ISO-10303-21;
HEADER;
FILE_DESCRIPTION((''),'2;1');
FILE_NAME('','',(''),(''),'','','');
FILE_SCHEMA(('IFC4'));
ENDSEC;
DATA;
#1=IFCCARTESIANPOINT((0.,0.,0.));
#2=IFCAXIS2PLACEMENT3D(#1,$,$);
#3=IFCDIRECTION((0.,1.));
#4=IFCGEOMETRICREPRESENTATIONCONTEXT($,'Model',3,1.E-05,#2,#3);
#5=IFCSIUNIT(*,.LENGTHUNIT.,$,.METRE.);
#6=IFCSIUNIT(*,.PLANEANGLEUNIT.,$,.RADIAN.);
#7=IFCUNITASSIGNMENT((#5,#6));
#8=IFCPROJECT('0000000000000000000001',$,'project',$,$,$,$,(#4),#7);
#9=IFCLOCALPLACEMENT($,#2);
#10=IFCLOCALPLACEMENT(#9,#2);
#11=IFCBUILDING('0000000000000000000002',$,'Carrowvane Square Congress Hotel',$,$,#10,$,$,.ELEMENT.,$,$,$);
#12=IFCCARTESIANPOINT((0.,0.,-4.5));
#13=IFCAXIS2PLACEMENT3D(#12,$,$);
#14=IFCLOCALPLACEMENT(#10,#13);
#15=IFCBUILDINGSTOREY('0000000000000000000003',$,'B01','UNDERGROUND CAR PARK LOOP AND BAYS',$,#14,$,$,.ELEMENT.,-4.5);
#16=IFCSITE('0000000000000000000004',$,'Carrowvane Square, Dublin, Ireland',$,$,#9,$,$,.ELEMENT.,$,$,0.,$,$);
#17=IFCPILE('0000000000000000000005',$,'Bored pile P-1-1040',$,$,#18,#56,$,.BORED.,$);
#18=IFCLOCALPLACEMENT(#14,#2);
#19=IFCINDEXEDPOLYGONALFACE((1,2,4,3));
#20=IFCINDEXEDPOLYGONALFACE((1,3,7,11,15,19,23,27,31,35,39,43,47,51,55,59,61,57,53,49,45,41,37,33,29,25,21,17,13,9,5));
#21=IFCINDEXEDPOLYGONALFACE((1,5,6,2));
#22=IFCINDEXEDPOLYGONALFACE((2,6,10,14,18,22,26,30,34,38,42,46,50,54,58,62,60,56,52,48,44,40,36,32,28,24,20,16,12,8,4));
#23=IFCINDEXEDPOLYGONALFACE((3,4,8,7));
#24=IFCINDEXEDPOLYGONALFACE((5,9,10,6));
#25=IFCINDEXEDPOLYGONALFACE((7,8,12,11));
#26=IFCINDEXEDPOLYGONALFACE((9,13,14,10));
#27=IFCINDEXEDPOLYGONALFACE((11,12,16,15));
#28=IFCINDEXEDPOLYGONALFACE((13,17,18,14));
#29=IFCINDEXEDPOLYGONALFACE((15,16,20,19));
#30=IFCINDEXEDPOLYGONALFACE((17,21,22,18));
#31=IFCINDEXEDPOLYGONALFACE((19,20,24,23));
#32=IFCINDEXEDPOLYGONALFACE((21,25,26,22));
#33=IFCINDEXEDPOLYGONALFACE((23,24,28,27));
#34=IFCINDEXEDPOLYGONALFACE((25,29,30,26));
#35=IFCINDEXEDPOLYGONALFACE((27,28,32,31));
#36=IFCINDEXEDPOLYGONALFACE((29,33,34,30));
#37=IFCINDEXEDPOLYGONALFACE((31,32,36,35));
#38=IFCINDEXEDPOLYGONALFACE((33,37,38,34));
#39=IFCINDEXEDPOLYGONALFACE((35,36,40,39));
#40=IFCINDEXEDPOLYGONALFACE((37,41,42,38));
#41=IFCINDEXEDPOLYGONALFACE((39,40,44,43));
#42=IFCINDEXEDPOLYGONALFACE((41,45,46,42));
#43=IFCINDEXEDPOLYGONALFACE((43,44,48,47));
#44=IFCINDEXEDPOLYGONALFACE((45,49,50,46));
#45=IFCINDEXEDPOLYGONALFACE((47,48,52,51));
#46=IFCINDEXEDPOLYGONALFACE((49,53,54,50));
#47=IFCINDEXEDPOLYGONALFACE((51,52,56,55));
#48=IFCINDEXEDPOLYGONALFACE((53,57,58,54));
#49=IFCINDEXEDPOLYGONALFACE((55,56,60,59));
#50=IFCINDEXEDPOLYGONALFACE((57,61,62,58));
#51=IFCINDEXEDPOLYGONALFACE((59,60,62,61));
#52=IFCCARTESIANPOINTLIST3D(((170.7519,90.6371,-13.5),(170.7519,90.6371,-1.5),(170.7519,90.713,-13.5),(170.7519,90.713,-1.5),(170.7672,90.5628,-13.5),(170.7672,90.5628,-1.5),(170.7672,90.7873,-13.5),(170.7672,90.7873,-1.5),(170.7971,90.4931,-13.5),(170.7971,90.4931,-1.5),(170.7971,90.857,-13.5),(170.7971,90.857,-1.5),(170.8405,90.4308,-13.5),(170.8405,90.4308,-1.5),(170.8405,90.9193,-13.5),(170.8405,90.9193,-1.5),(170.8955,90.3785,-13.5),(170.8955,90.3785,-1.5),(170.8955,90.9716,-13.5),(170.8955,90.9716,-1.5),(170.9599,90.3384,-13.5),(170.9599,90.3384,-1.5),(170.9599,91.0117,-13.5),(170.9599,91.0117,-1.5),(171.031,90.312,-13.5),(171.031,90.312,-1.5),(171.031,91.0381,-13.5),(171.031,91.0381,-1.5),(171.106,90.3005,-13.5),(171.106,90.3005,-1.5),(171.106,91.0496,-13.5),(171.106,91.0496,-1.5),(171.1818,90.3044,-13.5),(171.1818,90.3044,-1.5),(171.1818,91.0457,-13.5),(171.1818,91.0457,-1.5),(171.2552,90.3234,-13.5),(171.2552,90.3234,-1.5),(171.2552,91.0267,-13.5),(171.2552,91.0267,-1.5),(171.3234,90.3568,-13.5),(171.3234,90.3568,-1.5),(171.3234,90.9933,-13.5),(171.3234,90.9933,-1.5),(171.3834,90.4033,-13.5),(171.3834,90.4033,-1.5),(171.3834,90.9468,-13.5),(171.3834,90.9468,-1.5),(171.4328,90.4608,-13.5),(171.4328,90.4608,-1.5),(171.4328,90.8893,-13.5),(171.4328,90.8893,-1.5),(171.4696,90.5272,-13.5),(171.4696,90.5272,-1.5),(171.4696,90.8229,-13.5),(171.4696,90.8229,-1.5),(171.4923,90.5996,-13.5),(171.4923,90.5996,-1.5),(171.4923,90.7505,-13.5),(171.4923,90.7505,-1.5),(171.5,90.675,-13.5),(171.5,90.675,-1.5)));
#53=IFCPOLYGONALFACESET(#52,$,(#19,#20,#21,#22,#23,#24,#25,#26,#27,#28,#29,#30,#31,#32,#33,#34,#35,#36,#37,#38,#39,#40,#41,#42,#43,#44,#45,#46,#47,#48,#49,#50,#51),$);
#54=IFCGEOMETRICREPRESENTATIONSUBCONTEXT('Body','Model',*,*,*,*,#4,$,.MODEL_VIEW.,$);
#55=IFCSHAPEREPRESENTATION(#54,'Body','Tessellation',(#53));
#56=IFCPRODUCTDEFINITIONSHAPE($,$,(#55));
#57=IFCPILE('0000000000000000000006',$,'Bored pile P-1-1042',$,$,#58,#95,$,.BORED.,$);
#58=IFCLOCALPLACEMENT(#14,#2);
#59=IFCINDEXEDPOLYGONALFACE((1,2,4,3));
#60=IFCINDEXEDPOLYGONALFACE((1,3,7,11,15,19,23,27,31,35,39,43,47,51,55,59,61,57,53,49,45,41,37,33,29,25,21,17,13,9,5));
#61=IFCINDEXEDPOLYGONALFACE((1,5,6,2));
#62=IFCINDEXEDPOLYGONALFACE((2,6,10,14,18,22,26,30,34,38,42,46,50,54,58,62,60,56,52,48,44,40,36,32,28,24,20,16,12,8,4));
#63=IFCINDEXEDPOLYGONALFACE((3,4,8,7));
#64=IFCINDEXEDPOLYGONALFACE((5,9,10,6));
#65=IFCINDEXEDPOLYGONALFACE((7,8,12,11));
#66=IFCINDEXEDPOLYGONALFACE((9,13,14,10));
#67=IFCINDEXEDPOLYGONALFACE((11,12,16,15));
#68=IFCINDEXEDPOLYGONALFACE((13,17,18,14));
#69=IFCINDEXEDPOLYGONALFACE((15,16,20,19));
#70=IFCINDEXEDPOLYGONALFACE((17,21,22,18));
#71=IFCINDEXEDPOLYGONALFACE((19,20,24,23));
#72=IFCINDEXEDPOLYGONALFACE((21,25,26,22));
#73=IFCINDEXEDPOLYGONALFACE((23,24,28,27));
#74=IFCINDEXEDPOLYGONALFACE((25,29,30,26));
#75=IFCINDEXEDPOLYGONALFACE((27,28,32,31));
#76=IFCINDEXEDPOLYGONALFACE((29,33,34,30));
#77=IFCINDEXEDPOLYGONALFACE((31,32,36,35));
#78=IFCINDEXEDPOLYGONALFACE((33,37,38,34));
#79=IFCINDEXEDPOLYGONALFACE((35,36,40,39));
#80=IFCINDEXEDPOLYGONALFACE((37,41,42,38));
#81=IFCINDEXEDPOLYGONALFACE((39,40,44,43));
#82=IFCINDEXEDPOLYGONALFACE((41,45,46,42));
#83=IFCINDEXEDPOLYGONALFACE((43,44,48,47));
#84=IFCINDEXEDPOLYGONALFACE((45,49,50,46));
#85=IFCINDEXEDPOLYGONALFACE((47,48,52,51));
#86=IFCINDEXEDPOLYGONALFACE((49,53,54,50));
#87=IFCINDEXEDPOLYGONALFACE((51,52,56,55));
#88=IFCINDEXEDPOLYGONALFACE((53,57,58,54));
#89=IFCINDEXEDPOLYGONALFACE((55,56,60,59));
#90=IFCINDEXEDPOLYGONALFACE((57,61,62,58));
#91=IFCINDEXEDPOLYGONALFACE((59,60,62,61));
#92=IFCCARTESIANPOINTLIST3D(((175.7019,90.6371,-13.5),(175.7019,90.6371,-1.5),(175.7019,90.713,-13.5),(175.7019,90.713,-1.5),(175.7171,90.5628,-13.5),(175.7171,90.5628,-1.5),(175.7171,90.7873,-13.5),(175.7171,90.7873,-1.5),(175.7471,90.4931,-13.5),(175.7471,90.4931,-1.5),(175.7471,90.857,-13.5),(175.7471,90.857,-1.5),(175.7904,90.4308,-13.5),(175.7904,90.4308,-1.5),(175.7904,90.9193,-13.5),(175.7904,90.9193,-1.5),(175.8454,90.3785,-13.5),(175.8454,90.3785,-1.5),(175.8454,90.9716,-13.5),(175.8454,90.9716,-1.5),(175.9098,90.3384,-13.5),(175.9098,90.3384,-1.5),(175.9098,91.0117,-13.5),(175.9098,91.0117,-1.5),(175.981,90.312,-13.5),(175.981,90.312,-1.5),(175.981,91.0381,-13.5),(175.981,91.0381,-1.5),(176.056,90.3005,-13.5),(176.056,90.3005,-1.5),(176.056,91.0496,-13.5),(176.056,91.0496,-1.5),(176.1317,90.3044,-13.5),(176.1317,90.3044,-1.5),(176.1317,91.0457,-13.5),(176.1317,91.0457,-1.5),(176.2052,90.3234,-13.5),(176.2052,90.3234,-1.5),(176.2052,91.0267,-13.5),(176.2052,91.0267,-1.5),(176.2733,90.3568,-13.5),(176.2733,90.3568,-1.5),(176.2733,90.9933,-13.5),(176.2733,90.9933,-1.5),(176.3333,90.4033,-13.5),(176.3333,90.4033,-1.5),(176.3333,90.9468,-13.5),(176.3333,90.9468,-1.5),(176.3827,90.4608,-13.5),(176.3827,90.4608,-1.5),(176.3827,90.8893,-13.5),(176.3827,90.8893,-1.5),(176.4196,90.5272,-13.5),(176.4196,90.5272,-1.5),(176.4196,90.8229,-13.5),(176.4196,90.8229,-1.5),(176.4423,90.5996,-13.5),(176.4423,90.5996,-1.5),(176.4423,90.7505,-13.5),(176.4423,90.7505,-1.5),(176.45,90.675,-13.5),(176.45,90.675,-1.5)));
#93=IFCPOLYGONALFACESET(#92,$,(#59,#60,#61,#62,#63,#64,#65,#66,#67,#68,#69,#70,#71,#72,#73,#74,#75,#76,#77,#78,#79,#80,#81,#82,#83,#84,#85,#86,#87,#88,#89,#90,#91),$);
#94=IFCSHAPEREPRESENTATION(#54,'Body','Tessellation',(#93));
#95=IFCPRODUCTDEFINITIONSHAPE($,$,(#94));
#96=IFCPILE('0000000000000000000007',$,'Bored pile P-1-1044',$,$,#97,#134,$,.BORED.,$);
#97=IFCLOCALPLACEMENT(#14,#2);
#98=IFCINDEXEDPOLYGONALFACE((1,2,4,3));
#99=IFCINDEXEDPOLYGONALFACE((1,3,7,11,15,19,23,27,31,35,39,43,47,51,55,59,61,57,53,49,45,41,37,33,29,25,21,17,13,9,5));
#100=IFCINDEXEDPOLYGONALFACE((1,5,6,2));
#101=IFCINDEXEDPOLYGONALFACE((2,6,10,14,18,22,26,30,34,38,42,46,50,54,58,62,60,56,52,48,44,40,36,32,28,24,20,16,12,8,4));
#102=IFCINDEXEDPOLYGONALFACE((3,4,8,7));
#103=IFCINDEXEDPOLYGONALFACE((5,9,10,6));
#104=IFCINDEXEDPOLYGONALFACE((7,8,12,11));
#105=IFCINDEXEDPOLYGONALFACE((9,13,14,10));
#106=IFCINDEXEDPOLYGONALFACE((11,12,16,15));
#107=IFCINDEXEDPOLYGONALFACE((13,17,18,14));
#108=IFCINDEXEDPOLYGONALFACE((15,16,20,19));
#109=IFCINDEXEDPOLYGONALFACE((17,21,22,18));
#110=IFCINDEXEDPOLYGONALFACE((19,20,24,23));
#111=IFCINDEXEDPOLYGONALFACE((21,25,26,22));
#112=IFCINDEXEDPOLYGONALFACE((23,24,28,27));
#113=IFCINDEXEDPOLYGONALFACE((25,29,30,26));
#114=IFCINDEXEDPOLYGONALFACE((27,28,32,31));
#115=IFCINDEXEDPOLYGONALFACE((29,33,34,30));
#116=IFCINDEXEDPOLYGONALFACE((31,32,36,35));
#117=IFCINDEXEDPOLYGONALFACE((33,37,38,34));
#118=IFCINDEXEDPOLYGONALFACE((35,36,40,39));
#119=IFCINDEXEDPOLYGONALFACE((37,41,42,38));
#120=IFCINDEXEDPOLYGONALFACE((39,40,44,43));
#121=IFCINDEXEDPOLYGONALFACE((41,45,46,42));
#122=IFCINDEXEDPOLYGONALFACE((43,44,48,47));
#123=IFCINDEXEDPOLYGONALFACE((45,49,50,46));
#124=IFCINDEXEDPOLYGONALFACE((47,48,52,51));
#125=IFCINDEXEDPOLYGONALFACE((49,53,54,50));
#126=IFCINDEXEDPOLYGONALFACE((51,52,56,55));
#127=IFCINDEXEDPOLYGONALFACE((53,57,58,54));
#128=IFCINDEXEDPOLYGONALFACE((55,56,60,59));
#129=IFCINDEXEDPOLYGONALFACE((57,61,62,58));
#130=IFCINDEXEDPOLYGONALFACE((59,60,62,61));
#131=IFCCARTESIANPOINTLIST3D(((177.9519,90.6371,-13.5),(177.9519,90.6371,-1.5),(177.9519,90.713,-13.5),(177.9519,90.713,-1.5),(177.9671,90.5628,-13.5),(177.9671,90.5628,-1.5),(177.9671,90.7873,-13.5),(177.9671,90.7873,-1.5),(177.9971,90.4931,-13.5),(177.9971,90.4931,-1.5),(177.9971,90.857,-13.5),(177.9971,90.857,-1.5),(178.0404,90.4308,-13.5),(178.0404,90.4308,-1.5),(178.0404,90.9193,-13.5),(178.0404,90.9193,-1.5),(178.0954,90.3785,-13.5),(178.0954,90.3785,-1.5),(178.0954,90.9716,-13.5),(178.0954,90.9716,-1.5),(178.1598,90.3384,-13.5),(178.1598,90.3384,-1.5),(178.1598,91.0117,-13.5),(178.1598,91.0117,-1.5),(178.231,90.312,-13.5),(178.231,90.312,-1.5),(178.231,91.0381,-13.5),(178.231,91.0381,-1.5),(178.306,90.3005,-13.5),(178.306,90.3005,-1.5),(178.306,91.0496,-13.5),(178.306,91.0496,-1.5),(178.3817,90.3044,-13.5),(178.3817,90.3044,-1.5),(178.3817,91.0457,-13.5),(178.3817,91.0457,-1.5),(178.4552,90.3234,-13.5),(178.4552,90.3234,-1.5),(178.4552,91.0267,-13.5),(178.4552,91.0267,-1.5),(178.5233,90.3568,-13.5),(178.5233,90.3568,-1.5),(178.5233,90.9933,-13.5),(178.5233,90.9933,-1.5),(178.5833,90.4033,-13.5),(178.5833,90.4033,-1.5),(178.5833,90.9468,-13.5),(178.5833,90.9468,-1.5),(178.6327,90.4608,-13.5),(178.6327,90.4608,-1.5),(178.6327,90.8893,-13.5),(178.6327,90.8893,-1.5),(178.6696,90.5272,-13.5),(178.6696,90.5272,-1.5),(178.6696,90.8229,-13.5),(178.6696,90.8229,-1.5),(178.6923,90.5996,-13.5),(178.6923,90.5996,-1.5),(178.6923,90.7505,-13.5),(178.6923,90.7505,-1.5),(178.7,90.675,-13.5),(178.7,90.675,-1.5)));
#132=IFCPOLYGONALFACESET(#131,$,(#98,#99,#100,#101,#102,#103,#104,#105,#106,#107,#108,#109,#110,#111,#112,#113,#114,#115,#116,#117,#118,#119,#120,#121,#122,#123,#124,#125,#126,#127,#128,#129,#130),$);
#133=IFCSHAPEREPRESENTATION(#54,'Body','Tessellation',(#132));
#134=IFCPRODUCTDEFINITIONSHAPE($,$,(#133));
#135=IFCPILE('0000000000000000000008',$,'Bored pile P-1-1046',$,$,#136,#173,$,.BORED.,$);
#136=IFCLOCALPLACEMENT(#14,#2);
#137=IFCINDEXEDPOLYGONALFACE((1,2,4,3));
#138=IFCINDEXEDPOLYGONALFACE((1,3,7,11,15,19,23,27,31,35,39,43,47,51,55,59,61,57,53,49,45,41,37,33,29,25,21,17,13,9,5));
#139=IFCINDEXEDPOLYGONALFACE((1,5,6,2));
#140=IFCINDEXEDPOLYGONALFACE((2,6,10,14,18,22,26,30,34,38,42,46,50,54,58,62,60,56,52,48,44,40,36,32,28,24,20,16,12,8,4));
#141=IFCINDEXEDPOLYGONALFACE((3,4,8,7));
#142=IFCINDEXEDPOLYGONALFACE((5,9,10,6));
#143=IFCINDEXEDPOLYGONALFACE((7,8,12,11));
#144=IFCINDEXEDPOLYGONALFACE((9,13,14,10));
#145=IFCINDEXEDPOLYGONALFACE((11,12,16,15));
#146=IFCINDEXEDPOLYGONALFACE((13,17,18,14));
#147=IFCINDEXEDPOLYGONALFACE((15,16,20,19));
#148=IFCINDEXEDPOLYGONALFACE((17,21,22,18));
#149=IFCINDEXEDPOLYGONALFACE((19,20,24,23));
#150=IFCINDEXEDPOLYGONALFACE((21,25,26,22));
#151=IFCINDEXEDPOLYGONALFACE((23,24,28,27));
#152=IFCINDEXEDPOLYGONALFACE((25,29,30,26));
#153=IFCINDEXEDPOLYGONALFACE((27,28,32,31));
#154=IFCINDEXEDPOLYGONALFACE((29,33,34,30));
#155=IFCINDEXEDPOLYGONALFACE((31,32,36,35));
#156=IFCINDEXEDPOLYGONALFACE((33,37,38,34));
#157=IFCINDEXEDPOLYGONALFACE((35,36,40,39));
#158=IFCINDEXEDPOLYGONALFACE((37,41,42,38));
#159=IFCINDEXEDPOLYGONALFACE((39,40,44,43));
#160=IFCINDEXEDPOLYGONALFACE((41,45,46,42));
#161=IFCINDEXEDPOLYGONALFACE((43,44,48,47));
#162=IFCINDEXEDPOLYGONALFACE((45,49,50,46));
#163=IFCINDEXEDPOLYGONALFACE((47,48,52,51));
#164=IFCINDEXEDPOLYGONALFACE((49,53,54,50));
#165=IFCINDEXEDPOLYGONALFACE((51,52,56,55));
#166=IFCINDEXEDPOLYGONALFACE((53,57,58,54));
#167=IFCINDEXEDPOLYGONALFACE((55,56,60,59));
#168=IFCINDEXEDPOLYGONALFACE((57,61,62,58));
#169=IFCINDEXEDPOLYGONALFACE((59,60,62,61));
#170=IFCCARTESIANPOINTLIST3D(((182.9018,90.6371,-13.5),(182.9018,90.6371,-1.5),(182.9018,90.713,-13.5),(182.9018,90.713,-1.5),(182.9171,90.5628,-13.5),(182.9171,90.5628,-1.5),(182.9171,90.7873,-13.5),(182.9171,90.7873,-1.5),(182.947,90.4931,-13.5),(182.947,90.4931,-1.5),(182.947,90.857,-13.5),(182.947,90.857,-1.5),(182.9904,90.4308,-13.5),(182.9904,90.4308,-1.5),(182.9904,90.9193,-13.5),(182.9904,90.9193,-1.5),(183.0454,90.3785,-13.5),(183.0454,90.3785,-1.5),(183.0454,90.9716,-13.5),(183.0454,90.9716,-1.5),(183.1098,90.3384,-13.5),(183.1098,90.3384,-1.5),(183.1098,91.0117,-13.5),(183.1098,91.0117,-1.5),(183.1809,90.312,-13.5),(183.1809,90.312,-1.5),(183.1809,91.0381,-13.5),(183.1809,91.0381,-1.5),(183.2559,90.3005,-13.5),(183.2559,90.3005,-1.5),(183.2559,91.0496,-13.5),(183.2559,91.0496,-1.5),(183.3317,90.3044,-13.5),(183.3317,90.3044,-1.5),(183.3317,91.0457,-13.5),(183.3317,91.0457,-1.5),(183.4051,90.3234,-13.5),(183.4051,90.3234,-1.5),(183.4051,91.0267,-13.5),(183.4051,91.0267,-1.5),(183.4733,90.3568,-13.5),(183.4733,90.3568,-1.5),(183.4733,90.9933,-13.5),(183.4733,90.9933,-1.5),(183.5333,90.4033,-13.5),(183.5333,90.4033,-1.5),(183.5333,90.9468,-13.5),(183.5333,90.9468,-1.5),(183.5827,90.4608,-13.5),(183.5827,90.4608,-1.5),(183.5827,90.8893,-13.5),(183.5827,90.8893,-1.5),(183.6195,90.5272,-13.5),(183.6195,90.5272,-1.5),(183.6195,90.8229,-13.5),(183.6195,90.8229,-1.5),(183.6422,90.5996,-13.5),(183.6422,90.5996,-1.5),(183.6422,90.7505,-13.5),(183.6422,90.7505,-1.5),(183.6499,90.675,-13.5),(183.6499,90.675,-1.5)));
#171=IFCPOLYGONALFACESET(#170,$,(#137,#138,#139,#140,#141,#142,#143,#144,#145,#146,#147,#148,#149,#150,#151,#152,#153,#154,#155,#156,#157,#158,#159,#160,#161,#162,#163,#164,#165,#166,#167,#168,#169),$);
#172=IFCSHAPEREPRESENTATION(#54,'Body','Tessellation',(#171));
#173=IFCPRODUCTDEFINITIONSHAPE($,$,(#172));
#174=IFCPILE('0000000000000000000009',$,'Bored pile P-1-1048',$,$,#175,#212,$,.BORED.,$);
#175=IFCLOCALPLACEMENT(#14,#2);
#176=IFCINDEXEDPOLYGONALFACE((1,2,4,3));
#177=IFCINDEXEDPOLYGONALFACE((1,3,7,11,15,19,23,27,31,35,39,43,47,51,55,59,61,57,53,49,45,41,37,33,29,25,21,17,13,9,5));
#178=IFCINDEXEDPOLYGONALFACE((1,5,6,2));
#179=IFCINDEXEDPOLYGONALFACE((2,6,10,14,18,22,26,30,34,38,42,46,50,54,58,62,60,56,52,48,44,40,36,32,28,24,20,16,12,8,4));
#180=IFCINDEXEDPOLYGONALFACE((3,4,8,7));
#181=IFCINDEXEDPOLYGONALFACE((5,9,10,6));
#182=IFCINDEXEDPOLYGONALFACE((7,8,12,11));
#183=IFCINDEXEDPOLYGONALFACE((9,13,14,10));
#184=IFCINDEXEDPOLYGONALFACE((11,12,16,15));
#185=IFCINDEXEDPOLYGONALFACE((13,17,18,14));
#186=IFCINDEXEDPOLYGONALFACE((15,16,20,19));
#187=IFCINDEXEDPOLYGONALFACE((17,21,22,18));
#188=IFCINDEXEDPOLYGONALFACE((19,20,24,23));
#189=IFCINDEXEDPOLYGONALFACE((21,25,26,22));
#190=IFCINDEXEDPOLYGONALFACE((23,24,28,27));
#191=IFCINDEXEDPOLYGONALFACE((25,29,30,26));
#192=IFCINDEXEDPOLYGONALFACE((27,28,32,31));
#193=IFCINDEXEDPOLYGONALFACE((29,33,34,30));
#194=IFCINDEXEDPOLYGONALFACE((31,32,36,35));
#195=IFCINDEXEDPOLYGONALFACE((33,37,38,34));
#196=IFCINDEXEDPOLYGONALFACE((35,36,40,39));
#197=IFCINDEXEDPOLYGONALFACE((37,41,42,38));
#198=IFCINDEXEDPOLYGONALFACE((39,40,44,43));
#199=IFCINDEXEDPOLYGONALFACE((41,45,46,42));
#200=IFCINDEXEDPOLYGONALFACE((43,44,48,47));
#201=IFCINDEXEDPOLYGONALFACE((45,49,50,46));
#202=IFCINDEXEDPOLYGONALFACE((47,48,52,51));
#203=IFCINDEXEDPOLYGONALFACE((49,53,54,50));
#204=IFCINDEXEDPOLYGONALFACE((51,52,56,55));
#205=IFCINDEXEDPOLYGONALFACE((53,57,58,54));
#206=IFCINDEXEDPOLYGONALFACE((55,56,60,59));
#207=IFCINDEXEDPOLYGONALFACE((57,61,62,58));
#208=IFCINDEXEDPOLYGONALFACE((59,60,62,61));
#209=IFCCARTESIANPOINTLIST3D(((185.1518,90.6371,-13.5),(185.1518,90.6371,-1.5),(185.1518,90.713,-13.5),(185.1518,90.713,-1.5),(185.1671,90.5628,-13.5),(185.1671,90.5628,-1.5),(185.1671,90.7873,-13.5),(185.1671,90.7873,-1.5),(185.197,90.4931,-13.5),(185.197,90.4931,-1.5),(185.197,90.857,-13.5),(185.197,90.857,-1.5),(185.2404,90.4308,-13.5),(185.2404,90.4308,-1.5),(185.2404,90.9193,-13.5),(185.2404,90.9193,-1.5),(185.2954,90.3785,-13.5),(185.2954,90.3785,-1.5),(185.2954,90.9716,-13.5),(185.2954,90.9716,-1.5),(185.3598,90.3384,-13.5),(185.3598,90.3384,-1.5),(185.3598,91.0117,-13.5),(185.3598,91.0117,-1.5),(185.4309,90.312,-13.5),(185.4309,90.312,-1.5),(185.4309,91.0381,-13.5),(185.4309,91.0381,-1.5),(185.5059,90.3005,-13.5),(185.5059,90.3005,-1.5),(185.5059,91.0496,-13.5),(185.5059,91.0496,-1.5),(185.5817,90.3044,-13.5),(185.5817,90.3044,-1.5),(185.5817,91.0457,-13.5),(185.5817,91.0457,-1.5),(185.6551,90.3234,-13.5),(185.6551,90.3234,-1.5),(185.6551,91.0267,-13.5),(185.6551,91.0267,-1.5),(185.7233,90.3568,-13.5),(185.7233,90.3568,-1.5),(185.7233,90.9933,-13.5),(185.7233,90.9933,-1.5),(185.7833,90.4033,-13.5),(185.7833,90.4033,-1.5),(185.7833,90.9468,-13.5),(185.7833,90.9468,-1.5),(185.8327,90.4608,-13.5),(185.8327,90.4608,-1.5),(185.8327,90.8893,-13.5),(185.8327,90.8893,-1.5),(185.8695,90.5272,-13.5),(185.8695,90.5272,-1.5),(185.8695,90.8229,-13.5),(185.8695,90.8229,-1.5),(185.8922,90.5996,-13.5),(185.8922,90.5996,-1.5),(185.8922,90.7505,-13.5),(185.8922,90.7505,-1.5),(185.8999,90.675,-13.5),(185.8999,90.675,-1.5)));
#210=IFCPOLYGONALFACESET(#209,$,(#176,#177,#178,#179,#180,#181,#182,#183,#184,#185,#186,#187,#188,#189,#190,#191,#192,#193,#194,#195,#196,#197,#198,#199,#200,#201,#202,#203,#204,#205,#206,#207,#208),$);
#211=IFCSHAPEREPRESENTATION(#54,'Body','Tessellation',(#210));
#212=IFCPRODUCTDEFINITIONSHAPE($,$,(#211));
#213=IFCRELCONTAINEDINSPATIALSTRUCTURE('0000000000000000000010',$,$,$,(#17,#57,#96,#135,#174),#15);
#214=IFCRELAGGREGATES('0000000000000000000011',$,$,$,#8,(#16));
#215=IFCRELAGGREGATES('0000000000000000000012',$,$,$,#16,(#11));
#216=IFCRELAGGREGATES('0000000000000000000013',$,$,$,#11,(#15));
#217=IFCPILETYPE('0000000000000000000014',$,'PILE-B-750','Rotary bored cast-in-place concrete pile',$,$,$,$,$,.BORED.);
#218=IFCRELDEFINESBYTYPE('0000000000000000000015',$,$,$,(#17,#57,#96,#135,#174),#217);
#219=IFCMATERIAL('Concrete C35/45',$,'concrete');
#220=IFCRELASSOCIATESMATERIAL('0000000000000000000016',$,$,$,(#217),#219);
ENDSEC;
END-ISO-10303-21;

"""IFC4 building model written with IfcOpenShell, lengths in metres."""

from ifc_helpers import new_model, si_unit, direction, frame, origin, origin_2d, place, context, subcontext, project, spatial, circle, extrude, material, material_profile, profile_set, type_object, element, save


model = new_model("IFC4")

# Units and contexts
model_context = context("Model", 3, precision=1e-05, world=origin(), true_north=direction((0.0, 1.0)))
body_context = subcontext(model_context, "Body", "Model", "MODEL_VIEW")
ifc_project = project(units=[si_unit("LENGTHUNIT", "METRE"), si_unit("PLANEANGLEUNIT", "RADIAN")], contexts=[model_context])

# Site, building, storey
site_placement = place(None, origin())
site = spatial("IfcSite", under=ifc_project, at=site_placement, Name="Carrowvane Square, Dublin, Ireland", CompositionType="ELEMENT", RefElevation=0.0)
building_placement = place(site_placement, origin())
building = spatial("IfcBuilding", under=site, at=building_placement, Name="Carrowvane Square Congress Hotel", CompositionType="ELEMENT")
storey_placement = place(building_placement, frame((0.0, 0.0, -4.5)))
storey = spatial("IfcBuildingStorey", under=building, at=storey_placement, Name="B01", Description="UNDERGROUND CAR PARK LOOP AND BAYS", CompositionType="ELEMENT", Elevation=-4.5)

# Piles
ifc_material_1 = material(Name="Concrete C35/45", Category="concrete")
ifc_material_profile_1 = material_profile(ifc_material_1, circle(Radius=0.375, at=origin_2d()), Name="PILE D750")
ifc_profile_set_1 = profile_set([ifc_material_profile_1], Name="Concrete C35/45")
pile_type = type_object("IfcPileType", Name="PILE-B-750", Description="Rotary bored cast-in-place concrete pile", PredefinedType="BORED", material=ifc_profile_set_1)
for number, where, z_axis, x_axis, name in (
    (1, (171.125, 90.675, -1.5), (0.0, 0.0, -1.0), (1.0, 0.0, 0.0), "Bored pile P-1-1040"),
    (2, (176.075, 90.675, -1.5), (0.0, 0.0, -1.0), (1.0, 0.0, 0.0), "Bored pile P-1-1042"),
    (3, (178.325, 90.675, -1.5), (0.0, 0.0, -1.0), (1.0, 0.0, 0.0), "Bored pile P-1-1044"),
    (4, (183.2749, 90.675, -1.5), (0.0, 0.0, -1.0), (1.0, 0.0, 0.0), "Bored pile P-1-1046"),
    (5, (185.5249, 90.675, -1.5), (0.0, 0.0, -1.0), (1.0, 0.0, 0.0), "Bored pile P-1-1048"),
):
    element("IfcPile", number, at=place(storey_placement, frame(where, z_axis=z_axis, x_axis=x_axis)), inside=storey, type_object=pile_type, Name=name, PredefinedType="BORED", context=body_context, shape_type="SweptSolid", body=[
        extrude(circle(Radius=0.375, at=origin_2d()), origin(), (0.0, 0.0, 1.0), 12.0),
    ])

save(model, "model.ifc")
